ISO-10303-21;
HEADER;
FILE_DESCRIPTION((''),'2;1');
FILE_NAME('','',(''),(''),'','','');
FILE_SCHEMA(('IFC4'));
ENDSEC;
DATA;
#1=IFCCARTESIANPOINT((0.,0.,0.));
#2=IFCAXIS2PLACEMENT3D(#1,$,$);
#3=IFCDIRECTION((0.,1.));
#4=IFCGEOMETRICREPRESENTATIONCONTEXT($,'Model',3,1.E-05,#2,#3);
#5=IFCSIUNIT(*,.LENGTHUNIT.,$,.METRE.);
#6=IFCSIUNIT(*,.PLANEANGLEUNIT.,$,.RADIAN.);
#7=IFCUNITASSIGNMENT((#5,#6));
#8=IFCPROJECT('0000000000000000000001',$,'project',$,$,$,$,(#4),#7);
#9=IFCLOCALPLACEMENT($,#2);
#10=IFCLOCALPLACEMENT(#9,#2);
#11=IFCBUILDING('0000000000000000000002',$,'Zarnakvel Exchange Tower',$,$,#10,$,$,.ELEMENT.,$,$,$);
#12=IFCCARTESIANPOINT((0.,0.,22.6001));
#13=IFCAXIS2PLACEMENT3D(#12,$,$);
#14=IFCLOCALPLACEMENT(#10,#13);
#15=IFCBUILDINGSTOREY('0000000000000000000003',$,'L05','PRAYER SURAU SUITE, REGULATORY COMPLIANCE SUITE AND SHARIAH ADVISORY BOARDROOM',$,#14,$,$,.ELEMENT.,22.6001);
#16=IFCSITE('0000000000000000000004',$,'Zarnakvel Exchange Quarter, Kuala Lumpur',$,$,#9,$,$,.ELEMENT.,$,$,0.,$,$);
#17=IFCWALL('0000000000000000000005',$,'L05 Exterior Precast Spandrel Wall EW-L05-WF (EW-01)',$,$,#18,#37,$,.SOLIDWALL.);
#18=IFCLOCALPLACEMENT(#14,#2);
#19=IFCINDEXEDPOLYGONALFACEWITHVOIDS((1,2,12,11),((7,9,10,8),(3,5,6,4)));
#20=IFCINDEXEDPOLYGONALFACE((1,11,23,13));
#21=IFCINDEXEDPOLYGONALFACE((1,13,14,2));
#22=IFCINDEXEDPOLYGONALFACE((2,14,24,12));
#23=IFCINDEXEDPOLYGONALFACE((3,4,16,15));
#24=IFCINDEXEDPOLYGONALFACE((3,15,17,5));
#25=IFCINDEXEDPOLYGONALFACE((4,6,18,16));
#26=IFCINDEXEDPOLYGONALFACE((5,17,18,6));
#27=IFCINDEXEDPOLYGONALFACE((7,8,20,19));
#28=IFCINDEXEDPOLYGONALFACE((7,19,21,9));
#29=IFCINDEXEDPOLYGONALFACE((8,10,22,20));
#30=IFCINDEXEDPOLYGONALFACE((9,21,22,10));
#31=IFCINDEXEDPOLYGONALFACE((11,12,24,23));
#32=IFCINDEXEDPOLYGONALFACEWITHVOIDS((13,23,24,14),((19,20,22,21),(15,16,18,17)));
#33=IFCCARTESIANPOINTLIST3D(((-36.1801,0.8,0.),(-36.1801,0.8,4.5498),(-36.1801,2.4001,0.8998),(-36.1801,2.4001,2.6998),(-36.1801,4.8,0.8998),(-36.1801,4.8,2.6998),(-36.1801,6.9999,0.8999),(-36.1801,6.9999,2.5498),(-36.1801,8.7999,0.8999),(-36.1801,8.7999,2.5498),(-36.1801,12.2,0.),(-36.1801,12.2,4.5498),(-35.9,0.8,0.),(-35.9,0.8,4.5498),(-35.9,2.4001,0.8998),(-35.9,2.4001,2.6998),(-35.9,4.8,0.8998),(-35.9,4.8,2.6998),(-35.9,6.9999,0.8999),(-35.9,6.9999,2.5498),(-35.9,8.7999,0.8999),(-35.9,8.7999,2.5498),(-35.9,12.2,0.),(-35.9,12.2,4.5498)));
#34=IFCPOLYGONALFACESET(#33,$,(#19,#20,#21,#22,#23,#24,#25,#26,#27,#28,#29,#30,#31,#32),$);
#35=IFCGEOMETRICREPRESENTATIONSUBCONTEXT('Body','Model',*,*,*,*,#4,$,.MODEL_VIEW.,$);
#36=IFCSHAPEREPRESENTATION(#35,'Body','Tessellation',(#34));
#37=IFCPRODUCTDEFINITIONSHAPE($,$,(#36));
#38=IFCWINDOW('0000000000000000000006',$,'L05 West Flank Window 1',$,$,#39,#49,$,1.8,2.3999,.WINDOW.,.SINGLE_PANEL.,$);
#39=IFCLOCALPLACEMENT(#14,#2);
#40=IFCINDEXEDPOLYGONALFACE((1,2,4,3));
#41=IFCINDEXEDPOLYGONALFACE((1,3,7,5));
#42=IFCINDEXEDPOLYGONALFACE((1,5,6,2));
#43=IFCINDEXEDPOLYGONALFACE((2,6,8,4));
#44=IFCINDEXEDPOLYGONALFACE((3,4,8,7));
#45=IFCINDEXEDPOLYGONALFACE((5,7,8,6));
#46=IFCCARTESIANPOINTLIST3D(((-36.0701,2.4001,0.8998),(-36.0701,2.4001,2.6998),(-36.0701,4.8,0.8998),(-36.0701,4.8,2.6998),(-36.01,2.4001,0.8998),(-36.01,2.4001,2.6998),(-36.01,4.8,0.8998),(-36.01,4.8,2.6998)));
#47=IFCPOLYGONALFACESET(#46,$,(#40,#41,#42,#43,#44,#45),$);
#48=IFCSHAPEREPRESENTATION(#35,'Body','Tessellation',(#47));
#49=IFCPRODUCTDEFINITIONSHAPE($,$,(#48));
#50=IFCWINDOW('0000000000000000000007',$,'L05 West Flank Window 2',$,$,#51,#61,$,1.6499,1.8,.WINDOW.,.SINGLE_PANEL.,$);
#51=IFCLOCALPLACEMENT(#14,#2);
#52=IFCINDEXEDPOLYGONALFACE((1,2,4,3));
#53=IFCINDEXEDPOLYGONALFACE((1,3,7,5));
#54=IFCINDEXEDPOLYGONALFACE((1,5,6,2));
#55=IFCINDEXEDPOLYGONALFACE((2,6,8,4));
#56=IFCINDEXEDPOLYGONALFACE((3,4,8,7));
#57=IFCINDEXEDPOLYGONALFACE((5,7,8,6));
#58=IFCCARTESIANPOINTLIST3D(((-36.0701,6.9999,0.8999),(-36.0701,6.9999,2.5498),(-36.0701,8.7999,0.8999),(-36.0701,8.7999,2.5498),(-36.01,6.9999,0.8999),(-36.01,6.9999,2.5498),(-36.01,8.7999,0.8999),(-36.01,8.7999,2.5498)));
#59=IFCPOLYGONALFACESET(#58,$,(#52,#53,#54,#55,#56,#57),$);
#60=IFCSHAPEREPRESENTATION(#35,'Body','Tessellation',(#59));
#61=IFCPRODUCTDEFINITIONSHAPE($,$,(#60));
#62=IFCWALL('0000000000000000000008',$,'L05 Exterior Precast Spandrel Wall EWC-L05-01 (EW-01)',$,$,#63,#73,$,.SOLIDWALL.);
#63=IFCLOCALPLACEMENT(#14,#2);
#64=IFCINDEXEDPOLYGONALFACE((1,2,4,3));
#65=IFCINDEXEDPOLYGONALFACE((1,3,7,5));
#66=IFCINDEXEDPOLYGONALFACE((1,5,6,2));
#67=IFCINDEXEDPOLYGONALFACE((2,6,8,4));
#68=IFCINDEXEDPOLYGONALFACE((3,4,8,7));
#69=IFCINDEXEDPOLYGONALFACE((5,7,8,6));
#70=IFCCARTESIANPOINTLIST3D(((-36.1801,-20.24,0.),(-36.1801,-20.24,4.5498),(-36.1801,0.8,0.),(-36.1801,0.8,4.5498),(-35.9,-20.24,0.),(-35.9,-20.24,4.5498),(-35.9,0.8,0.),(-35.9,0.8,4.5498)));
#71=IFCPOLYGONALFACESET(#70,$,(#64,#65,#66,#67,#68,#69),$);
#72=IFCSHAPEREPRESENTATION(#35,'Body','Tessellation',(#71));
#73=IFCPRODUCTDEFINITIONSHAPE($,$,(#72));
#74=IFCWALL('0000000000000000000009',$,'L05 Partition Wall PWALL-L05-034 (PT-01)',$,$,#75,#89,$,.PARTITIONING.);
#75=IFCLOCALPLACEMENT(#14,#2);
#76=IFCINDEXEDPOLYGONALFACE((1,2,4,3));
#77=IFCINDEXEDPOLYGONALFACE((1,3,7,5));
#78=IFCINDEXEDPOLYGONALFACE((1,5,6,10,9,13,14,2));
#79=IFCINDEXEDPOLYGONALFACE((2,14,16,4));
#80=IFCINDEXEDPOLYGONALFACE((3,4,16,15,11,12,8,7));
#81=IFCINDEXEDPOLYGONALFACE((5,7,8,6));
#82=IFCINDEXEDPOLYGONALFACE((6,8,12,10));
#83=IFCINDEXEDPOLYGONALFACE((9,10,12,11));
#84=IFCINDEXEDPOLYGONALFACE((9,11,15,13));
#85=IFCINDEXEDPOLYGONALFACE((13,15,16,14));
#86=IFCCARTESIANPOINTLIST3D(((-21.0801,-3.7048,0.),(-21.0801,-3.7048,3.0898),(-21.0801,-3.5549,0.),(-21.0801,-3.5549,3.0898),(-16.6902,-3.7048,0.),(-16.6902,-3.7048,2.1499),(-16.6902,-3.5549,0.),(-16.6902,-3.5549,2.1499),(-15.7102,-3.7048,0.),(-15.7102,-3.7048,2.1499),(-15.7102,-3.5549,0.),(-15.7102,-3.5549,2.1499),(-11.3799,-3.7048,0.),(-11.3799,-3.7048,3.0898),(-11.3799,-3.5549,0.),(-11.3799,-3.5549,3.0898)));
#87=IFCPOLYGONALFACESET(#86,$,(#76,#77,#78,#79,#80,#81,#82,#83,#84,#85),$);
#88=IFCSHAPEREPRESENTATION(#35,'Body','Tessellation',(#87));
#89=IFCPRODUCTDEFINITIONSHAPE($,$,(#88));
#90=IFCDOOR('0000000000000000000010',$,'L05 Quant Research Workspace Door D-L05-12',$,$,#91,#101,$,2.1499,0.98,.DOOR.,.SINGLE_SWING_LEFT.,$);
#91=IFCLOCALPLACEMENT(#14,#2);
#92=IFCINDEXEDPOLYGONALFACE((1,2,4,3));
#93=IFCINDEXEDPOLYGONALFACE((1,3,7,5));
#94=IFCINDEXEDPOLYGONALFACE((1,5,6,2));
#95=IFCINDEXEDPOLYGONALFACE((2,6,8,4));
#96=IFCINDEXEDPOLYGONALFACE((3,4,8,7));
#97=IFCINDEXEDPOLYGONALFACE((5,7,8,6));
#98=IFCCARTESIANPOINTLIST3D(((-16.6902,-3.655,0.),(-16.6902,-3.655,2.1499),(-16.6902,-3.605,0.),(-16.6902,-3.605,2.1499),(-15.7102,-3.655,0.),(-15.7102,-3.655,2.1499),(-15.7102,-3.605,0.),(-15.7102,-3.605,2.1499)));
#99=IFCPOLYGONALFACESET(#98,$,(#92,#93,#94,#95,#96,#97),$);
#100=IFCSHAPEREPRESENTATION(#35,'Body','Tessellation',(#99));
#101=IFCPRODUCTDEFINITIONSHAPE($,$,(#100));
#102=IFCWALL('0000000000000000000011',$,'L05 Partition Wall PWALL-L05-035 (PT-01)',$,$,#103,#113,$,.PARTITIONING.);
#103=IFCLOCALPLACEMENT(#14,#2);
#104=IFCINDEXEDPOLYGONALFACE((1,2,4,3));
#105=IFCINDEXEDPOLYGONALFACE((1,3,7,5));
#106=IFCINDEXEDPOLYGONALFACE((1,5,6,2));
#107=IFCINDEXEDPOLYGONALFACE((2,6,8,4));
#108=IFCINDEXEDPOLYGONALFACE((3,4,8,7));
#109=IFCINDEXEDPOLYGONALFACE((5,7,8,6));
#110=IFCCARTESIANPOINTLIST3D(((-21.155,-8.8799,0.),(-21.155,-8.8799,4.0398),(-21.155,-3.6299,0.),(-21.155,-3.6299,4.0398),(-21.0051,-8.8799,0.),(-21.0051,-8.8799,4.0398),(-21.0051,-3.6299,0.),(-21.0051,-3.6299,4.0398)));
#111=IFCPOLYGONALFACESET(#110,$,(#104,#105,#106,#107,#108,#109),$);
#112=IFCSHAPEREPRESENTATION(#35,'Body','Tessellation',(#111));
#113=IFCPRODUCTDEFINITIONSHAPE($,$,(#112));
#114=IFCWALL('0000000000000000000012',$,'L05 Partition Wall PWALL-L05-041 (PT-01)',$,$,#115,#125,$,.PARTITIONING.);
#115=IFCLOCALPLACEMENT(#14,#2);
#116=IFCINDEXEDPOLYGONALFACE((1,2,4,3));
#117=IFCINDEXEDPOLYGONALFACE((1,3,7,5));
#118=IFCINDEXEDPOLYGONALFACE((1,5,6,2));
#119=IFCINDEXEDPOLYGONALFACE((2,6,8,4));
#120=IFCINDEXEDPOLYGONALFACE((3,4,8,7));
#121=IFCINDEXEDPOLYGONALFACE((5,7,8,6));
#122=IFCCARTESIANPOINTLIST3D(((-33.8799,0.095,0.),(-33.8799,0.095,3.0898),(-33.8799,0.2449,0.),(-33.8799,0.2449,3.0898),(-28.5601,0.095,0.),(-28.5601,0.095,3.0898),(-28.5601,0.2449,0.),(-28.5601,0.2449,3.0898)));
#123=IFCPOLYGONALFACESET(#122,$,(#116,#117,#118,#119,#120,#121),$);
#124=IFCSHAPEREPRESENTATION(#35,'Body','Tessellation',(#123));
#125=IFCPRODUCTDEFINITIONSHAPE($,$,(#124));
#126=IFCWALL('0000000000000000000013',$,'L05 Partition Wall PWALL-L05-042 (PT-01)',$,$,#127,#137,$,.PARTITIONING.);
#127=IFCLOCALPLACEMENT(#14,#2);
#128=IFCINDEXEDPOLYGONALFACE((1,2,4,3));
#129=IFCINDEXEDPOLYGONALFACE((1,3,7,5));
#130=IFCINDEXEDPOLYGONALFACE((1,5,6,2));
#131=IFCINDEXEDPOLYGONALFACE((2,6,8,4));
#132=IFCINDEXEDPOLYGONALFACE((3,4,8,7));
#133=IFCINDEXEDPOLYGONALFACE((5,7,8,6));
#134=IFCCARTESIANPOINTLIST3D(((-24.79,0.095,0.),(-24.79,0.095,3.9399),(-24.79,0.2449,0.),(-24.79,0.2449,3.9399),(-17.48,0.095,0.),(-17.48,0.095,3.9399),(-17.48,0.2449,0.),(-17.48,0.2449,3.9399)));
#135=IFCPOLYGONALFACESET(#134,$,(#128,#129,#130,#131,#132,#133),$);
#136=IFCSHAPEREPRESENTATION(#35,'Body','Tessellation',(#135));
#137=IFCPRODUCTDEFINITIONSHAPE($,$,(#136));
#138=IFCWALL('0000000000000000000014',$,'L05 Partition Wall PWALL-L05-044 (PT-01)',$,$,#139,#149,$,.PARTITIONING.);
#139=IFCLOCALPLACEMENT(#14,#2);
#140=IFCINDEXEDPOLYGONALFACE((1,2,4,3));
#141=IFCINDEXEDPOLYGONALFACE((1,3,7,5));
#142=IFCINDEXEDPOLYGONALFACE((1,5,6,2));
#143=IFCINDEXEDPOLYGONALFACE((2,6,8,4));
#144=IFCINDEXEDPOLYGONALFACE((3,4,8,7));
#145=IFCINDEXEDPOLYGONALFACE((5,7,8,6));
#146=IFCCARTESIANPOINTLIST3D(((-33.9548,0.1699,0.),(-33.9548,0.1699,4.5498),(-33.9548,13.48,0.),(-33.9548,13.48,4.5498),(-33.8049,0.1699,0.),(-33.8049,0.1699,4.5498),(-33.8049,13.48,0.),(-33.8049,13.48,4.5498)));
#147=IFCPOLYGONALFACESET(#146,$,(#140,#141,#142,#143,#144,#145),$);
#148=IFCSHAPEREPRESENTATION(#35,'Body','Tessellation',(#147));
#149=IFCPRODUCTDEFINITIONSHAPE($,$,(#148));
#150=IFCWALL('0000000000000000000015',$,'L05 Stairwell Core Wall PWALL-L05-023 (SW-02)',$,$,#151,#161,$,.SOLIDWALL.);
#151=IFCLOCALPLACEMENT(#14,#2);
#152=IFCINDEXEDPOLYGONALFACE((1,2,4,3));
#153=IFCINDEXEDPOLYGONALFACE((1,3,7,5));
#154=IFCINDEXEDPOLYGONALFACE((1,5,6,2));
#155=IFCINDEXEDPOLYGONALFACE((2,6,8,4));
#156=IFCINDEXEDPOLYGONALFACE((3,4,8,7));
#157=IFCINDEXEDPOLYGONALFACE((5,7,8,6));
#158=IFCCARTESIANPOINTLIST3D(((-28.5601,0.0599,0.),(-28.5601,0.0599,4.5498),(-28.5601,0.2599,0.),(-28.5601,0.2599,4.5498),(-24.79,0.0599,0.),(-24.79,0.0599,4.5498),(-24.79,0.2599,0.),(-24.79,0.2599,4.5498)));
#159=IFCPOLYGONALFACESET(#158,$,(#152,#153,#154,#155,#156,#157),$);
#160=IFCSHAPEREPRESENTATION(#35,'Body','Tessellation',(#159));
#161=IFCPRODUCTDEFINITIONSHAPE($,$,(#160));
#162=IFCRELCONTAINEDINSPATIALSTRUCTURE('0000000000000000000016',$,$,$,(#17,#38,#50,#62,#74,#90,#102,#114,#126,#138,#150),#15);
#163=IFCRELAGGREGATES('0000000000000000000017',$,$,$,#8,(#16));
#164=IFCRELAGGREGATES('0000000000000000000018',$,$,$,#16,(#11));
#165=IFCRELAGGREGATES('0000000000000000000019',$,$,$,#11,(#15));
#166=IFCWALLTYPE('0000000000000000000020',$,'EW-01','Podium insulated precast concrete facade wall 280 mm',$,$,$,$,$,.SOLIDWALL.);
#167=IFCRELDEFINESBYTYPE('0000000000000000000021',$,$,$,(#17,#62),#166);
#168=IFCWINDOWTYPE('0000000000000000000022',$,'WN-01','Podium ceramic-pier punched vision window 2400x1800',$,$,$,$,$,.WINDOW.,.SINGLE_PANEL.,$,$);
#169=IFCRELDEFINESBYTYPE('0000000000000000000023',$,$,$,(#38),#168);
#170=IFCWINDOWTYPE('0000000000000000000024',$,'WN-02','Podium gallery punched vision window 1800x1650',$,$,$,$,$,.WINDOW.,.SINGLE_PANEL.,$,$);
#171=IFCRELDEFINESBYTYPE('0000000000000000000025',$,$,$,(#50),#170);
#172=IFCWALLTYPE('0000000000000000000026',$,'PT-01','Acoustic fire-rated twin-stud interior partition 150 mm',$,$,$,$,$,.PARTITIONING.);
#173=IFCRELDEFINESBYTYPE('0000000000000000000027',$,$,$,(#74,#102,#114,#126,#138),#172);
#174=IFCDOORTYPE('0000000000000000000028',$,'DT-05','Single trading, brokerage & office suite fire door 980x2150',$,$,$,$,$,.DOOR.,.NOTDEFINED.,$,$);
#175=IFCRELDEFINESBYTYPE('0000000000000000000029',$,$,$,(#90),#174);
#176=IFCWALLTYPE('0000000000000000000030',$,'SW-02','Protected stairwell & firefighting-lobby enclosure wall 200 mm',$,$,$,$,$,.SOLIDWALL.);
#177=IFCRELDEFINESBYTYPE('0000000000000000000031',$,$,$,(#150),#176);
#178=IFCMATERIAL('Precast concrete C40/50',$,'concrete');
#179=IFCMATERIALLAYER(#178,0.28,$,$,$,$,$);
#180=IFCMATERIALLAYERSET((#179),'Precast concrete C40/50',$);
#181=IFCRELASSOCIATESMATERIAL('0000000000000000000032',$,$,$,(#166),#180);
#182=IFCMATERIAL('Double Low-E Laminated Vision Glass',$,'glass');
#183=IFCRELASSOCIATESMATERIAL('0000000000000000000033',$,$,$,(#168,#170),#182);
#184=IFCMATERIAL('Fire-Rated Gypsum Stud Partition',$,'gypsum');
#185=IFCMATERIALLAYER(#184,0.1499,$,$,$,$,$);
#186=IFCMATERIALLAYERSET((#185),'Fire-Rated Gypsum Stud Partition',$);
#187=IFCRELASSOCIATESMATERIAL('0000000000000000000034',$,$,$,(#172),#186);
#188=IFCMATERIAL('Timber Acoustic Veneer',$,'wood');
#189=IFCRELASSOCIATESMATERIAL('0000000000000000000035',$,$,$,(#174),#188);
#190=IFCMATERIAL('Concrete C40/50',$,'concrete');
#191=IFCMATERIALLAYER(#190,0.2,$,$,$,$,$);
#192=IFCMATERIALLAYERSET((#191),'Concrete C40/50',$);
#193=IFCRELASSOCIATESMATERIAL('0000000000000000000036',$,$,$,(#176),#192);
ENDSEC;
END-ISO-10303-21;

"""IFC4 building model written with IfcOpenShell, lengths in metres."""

from ifc_helpers import new_model, si_unit, direction, frame, frame_2d, origin, place, context, subcontext, project, spatial, rectangle, extrude, source, transform, mapped, material, layer, layer_set, type_object, element, fill, save


model = new_model("IFC4")

# Units and contexts
model_context = context("Model", 3, precision=1e-05, world=origin(), true_north=direction((0.0, 1.0)))
body_context = subcontext(model_context, "Body", "Model", "MODEL_VIEW")
ifc_project = project(units=[si_unit("LENGTHUNIT", "METRE"), si_unit("PLANEANGLEUNIT", "RADIAN")], contexts=[model_context])

# Site, building, storey
site_placement = place(None, origin())
site = spatial("IfcSite", under=ifc_project, at=site_placement, Name="Zarnakvel Exchange Quarter, Kuala Lumpur", CompositionType="ELEMENT", RefElevation=0.0)
building_placement = place(site_placement, origin())
building = spatial("IfcBuilding", under=site, at=building_placement, Name="Zarnakvel Exchange Tower", CompositionType="ELEMENT")
storey_placement = place(building_placement, frame((0.0, 0.0, 22.6001)))
storey = spatial("IfcBuildingStorey", under=building, at=storey_placement, Name="L05", Description="PRAYER SURAU SUITE, REGULATORY COMPLIANCE SUITE AND SHARIAH ADVISORY BOARDROOM", CompositionType="ELEMENT", Elevation=22.6001)

# Wall, openings, windows
ifc_material_1 = material(Name="Precast concrete C40/50", Category="concrete")
ifc_layer_1 = layer(ifc_material_1, 0.28)
ifc_layer_set_1 = layer_set([ifc_layer_1], Name="Precast concrete C40/50")
wall_type_1 = type_object("IfcWallType", Name="EW-01", Description="Podium insulated precast concrete facade wall 280 mm", PredefinedType="SOLIDWALL", material=ifc_layer_set_1)
wall_1_placement = place(storey_placement, frame((-36.04, 0.8, 0.0), z_axis=(0.0, 0.0, 1.0), x_axis=(0.0, 1.0, 0.0)))
wall_1 = element("IfcWall", 1, at=wall_1_placement, inside=storey, type_object=wall_type_1, Name="L05 Exterior Precast Spandrel Wall EW-L05-WF (EW-01)", PredefinedType="SOLIDWALL", context=body_context, shape_type="SweptSolid", body=[
    extrude(rectangle(XDim=11.3999, YDim=0.28, at=frame_2d((5.7, 0.0))), origin(), (0.0, 0.0, 1.0), 4.5498),
])
opening_1_placement = place(wall_1_placement, frame((1.6001, 0.0, 0.8999)))
opening_1 = element("IfcOpeningElement", 2, at=opening_1_placement, cuts=wall_1, PredefinedType="OPENING", context=body_context, shape_type="SweptSolid", body=[
    extrude(rectangle(XDim=2.3999, YDim=1.8, at=frame_2d((1.2, 0.8999))), frame((0.0, 0.1499, 0.0), z_axis=(0.0, -1.0, 0.0), x_axis=(1.0, 0.0, 0.0)), (0.0, 0.0, 1.0), 0.3),
])
opening_2_placement = place(wall_1_placement, frame((6.2, 0.0, 0.8999)))
opening_2 = element("IfcOpeningElement", 3, at=opening_2_placement, cuts=wall_1, PredefinedType="OPENING", context=body_context, shape_type="SweptSolid", body=[
    extrude(rectangle(XDim=1.8, YDim=1.6499, at=frame_2d((0.8999, 0.825))), frame((0.0, 0.1499, 0.0), z_axis=(0.0, -1.0, 0.0), x_axis=(1.0, 0.0, 0.0)), (0.0, 0.0, 1.0), 0.3),
])
ifc_material_2 = material(Name="Double Low-E Laminated Vision Glass", Category="glass")
window_type_1 = type_object("IfcWindowType", Name="WN-01", Description="Podium ceramic-pier punched vision window 2400x1800", PartitioningType="SINGLE_PANEL", PredefinedType="WINDOW", material=ifc_material_2)
shared_shape_1 = source(origin(), body_context, "Body", "SweptSolid", [
    extrude(rectangle(XDim=2.3999, YDim=1.8, at=frame_2d((1.2, 0.8999))), frame((0.0, 0.03, 0.0), z_axis=(0.0, -1.0, 0.0), x_axis=(1.0, 0.0, 0.0)), (0.0, 0.0, 1.0), 0.0601),
])
window_1_placement = place(opening_1_placement, origin())
window_1 = element("IfcWindow", 4, at=window_1_placement, inside=storey, type_object=window_type_1, Name="L05 West Flank Window 1", OverallHeight=1.8, OverallWidth=2.3999, PartitioningType="SINGLE_PANEL", PredefinedType="WINDOW", context=body_context, shape_type="MappedRepresentation", body=[
    mapped(shared_shape_1, transform((0.0, 0.0, 0.0), x_axis=(1.0, 0.0, 0.0), y_axis=(0.0, 1.0, 0.0), z_axis=(0.0, 0.0, 1.0), scale=1.0)),
])
fill(opening_1, window_1)
window_type_2 = type_object("IfcWindowType", Name="WN-02", Description="Podium gallery punched vision window 1800x1650", PartitioningType="SINGLE_PANEL", PredefinedType="WINDOW", material=ifc_material_2)
shared_shape_2 = source(origin(), body_context, "Body", "SweptSolid", [
    extrude(rectangle(XDim=1.8, YDim=1.6499, at=frame_2d((0.8999, 0.825))), frame((0.0, 0.03, 0.0), z_axis=(0.0, -1.0, 0.0), x_axis=(1.0, 0.0, 0.0)), (0.0, 0.0, 1.0), 0.0601),
])
window_2_placement = place(opening_2_placement, origin())
window_2 = element("IfcWindow", 5, at=window_2_placement, inside=storey, type_object=window_type_2, Name="L05 West Flank Window 2", OverallHeight=1.6499, OverallWidth=1.8, PartitioningType="SINGLE_PANEL", PredefinedType="WINDOW", context=body_context, shape_type="MappedRepresentation", body=[
    mapped(shared_shape_2, transform((0.0, 0.0, 0.0), x_axis=(1.0, 0.0, 0.0), y_axis=(0.0, 1.0, 0.0), z_axis=(0.0, 0.0, 1.0), scale=1.0)),
])
fill(opening_2, window_2)

# Wall
wall_2_placement = place(storey_placement, frame((-36.04, 0.8, 0.0), z_axis=(0.0, 0.0, 1.0), x_axis=(0.0, -1.0, 0.0)))
element("IfcWall", 6, at=wall_2_placement, inside=storey, type_object=wall_type_1, Name="L05 Exterior Precast Spandrel Wall EWC-L05-01 (EW-01)", PredefinedType="SOLIDWALL", context=body_context, shape_type="SweptSolid", body=[
    extrude(rectangle(XDim=21.04, YDim=0.28, at=frame_2d((10.52, 0.0))), origin(), (0.0, 0.0, 1.0), 4.5498),
])

# Wall, opening, door
ifc_material_3 = material(Name="Fire-Rated Gypsum Stud Partition", Category="gypsum")
ifc_layer_2 = layer(ifc_material_3, 0.1499)
ifc_layer_set_2 = layer_set([ifc_layer_2], Name="Fire-Rated Gypsum Stud Partition")
wall_type_2 = type_object("IfcWallType", Name="PT-01", Description="Acoustic fire-rated twin-stud interior partition 150 mm", PredefinedType="PARTITIONING", material=ifc_layer_set_2)
wall_3_placement = place(storey_placement, frame((-21.0801, -3.6299, 0.0), z_axis=(0.0, 0.0, 1.0), x_axis=(1.0, 0.0, 0.0)))
wall_3 = element("IfcWall", 7, at=wall_3_placement, inside=storey, type_object=wall_type_2, Name="L05 Partition Wall PWALL-L05-034 (PT-01)", PredefinedType="PARTITIONING", context=body_context, shape_type="SweptSolid", body=[
    extrude(rectangle(XDim=9.7002, YDim=0.1499, at=frame_2d((4.8501, 0.0))), origin(), (0.0, 0.0, 1.0), 3.0898),
])
opening_3_placement = place(wall_3_placement, frame((4.3899, 0.0, 0.0)))
opening_3 = element("IfcOpeningElement", 8, at=opening_3_placement, cuts=wall_3, PredefinedType="OPENING", context=body_context, shape_type="SweptSolid", body=[
    extrude(rectangle(XDim=0.98, YDim=2.1499, at=frame_2d((0.49, 1.075))), frame((0.0, 0.085, 0.0), z_axis=(0.0, -1.0, 0.0), x_axis=(1.0, 0.0, 0.0)), (0.0, 0.0, 1.0), 0.1699),
])
ifc_material_4 = material(Name="Timber Acoustic Veneer", Category="wood")
door_type_1 = type_object("IfcDoorType", Name="DT-05", Description="Single trading, brokerage & office suite fire door 980x2150", OperationType="NOTDEFINED", PredefinedType="DOOR", material=ifc_material_4)
shared_shape_3 = source(origin(), body_context, "Body", "SweptSolid", [
    extrude(rectangle(XDim=0.98, YDim=2.1499, at=frame_2d((0.49, 1.075))), frame((0.0, 0.0249, 0.0), z_axis=(0.0, -1.0, 0.0), x_axis=(1.0, 0.0, 0.0)), (0.0, 0.0, 1.0), 0.05),
])
door_1_placement = place(opening_3_placement, origin())
door_1 = element("IfcDoor", 9, at=door_1_placement, inside=storey, type_object=door_type_1, Name="L05 Quant Research Workspace Door D-L05-12", OperationType="SINGLE_SWING_LEFT", OverallHeight=2.1499, OverallWidth=0.98, PredefinedType="DOOR", context=body_context, shape_type="MappedRepresentation", body=[
    mapped(shared_shape_3, transform((0.0, 0.0, 0.0), x_axis=(1.0, 0.0, 0.0), y_axis=(0.0, 1.0, 0.0), z_axis=(0.0, 0.0, 1.0), scale=1.0)),
])
fill(opening_3, door_1)

# Walls
wall_4_placement = place(storey_placement, frame((-21.0801, -8.8799, 0.0), z_axis=(0.0, 0.0, 1.0), x_axis=(0.0, 1.0, 0.0)))
element("IfcWall", 10, at=wall_4_placement, inside=storey, type_object=wall_type_2, Name="L05 Partition Wall PWALL-L05-035 (PT-01)", PredefinedType="PARTITIONING", context=body_context, shape_type="SweptSolid", body=[
    extrude(rectangle(XDim=5.25, YDim=0.1499, at=frame_2d((2.625, 0.0))), origin(), (0.0, 0.0, 1.0), 4.0398),
])
wall_5_placement = place(storey_placement, frame((-28.5601, 0.1699, 0.0), z_axis=(0.0, 0.0, 1.0), x_axis=(-1.0, 0.0, 0.0)))
element("IfcWall", 11, at=wall_5_placement, inside=storey, type_object=wall_type_2, Name="L05 Partition Wall PWALL-L05-041 (PT-01)", PredefinedType="PARTITIONING", context=body_context, shape_type="SweptSolid", body=[
    extrude(rectangle(XDim=5.3198, YDim=0.1499, at=frame_2d((2.6599, 0.0))), origin(), (0.0, 0.0, 1.0), 3.0898),
])
wall_6_placement = place(storey_placement, frame((-17.48, 0.1699, 0.0), z_axis=(0.0, 0.0, 1.0), x_axis=(-1.0, 0.0, 0.0)))
element("IfcWall", 12, at=wall_6_placement, inside=storey, type_object=wall_type_2, Name="L05 Partition Wall PWALL-L05-042 (PT-01)", PredefinedType="PARTITIONING", context=body_context, shape_type="SweptSolid", body=[
    extrude(rectangle(XDim=7.3101, YDim=0.1499, at=frame_2d((3.655, 0.0))), origin(), (0.0, 0.0, 1.0), 3.9399),
])
wall_7_placement = place(storey_placement, frame((-33.8799, 0.1699, 0.0), z_axis=(0.0, 0.0, 1.0), x_axis=(0.0, 1.0, 0.0)))
element("IfcWall", 13, at=wall_7_placement, inside=storey, type_object=wall_type_2, Name="L05 Partition Wall PWALL-L05-044 (PT-01)", PredefinedType="PARTITIONING", context=body_context, shape_type="SweptSolid", body=[
    extrude(rectangle(XDim=13.3101, YDim=0.1499, at=frame_2d((6.655, 0.0))), origin(), (0.0, 0.0, 1.0), 4.5498),
])

# Shared definitions
ifc_material_5 = material(Name="Concrete C40/50", Category="concrete")
ifc_layer_3 = layer(ifc_material_5, 0.2)
ifc_layer_set_3 = layer_set([ifc_layer_3], Name="Concrete C40/50")
wall_type_3 = type_object("IfcWallType", Name="SW-02", Description="Protected stairwell & firefighting-lobby enclosure wall 200 mm", PredefinedType="SOLIDWALL", material=ifc_layer_set_3)

# Wall
wall_8_placement = place(storey_placement, frame((-28.5601, 0.1599, 0.0), z_axis=(0.0, 0.0, 1.0), x_axis=(1.0, 0.0, 0.0)))
element("IfcWall", 14, at=wall_8_placement, inside=storey, type_object=wall_type_3, Name="L05 Stairwell Core Wall PWALL-L05-023 (SW-02)", PredefinedType="SOLIDWALL", context=body_context, shape_type="SweptSolid", body=[
    extrude(rectangle(XDim=3.77, YDim=0.2, at=frame_2d((1.885, 0.0))), origin(), (0.0, 0.0, 1.0), 4.5498),
])

save(model, "model.ifc")
